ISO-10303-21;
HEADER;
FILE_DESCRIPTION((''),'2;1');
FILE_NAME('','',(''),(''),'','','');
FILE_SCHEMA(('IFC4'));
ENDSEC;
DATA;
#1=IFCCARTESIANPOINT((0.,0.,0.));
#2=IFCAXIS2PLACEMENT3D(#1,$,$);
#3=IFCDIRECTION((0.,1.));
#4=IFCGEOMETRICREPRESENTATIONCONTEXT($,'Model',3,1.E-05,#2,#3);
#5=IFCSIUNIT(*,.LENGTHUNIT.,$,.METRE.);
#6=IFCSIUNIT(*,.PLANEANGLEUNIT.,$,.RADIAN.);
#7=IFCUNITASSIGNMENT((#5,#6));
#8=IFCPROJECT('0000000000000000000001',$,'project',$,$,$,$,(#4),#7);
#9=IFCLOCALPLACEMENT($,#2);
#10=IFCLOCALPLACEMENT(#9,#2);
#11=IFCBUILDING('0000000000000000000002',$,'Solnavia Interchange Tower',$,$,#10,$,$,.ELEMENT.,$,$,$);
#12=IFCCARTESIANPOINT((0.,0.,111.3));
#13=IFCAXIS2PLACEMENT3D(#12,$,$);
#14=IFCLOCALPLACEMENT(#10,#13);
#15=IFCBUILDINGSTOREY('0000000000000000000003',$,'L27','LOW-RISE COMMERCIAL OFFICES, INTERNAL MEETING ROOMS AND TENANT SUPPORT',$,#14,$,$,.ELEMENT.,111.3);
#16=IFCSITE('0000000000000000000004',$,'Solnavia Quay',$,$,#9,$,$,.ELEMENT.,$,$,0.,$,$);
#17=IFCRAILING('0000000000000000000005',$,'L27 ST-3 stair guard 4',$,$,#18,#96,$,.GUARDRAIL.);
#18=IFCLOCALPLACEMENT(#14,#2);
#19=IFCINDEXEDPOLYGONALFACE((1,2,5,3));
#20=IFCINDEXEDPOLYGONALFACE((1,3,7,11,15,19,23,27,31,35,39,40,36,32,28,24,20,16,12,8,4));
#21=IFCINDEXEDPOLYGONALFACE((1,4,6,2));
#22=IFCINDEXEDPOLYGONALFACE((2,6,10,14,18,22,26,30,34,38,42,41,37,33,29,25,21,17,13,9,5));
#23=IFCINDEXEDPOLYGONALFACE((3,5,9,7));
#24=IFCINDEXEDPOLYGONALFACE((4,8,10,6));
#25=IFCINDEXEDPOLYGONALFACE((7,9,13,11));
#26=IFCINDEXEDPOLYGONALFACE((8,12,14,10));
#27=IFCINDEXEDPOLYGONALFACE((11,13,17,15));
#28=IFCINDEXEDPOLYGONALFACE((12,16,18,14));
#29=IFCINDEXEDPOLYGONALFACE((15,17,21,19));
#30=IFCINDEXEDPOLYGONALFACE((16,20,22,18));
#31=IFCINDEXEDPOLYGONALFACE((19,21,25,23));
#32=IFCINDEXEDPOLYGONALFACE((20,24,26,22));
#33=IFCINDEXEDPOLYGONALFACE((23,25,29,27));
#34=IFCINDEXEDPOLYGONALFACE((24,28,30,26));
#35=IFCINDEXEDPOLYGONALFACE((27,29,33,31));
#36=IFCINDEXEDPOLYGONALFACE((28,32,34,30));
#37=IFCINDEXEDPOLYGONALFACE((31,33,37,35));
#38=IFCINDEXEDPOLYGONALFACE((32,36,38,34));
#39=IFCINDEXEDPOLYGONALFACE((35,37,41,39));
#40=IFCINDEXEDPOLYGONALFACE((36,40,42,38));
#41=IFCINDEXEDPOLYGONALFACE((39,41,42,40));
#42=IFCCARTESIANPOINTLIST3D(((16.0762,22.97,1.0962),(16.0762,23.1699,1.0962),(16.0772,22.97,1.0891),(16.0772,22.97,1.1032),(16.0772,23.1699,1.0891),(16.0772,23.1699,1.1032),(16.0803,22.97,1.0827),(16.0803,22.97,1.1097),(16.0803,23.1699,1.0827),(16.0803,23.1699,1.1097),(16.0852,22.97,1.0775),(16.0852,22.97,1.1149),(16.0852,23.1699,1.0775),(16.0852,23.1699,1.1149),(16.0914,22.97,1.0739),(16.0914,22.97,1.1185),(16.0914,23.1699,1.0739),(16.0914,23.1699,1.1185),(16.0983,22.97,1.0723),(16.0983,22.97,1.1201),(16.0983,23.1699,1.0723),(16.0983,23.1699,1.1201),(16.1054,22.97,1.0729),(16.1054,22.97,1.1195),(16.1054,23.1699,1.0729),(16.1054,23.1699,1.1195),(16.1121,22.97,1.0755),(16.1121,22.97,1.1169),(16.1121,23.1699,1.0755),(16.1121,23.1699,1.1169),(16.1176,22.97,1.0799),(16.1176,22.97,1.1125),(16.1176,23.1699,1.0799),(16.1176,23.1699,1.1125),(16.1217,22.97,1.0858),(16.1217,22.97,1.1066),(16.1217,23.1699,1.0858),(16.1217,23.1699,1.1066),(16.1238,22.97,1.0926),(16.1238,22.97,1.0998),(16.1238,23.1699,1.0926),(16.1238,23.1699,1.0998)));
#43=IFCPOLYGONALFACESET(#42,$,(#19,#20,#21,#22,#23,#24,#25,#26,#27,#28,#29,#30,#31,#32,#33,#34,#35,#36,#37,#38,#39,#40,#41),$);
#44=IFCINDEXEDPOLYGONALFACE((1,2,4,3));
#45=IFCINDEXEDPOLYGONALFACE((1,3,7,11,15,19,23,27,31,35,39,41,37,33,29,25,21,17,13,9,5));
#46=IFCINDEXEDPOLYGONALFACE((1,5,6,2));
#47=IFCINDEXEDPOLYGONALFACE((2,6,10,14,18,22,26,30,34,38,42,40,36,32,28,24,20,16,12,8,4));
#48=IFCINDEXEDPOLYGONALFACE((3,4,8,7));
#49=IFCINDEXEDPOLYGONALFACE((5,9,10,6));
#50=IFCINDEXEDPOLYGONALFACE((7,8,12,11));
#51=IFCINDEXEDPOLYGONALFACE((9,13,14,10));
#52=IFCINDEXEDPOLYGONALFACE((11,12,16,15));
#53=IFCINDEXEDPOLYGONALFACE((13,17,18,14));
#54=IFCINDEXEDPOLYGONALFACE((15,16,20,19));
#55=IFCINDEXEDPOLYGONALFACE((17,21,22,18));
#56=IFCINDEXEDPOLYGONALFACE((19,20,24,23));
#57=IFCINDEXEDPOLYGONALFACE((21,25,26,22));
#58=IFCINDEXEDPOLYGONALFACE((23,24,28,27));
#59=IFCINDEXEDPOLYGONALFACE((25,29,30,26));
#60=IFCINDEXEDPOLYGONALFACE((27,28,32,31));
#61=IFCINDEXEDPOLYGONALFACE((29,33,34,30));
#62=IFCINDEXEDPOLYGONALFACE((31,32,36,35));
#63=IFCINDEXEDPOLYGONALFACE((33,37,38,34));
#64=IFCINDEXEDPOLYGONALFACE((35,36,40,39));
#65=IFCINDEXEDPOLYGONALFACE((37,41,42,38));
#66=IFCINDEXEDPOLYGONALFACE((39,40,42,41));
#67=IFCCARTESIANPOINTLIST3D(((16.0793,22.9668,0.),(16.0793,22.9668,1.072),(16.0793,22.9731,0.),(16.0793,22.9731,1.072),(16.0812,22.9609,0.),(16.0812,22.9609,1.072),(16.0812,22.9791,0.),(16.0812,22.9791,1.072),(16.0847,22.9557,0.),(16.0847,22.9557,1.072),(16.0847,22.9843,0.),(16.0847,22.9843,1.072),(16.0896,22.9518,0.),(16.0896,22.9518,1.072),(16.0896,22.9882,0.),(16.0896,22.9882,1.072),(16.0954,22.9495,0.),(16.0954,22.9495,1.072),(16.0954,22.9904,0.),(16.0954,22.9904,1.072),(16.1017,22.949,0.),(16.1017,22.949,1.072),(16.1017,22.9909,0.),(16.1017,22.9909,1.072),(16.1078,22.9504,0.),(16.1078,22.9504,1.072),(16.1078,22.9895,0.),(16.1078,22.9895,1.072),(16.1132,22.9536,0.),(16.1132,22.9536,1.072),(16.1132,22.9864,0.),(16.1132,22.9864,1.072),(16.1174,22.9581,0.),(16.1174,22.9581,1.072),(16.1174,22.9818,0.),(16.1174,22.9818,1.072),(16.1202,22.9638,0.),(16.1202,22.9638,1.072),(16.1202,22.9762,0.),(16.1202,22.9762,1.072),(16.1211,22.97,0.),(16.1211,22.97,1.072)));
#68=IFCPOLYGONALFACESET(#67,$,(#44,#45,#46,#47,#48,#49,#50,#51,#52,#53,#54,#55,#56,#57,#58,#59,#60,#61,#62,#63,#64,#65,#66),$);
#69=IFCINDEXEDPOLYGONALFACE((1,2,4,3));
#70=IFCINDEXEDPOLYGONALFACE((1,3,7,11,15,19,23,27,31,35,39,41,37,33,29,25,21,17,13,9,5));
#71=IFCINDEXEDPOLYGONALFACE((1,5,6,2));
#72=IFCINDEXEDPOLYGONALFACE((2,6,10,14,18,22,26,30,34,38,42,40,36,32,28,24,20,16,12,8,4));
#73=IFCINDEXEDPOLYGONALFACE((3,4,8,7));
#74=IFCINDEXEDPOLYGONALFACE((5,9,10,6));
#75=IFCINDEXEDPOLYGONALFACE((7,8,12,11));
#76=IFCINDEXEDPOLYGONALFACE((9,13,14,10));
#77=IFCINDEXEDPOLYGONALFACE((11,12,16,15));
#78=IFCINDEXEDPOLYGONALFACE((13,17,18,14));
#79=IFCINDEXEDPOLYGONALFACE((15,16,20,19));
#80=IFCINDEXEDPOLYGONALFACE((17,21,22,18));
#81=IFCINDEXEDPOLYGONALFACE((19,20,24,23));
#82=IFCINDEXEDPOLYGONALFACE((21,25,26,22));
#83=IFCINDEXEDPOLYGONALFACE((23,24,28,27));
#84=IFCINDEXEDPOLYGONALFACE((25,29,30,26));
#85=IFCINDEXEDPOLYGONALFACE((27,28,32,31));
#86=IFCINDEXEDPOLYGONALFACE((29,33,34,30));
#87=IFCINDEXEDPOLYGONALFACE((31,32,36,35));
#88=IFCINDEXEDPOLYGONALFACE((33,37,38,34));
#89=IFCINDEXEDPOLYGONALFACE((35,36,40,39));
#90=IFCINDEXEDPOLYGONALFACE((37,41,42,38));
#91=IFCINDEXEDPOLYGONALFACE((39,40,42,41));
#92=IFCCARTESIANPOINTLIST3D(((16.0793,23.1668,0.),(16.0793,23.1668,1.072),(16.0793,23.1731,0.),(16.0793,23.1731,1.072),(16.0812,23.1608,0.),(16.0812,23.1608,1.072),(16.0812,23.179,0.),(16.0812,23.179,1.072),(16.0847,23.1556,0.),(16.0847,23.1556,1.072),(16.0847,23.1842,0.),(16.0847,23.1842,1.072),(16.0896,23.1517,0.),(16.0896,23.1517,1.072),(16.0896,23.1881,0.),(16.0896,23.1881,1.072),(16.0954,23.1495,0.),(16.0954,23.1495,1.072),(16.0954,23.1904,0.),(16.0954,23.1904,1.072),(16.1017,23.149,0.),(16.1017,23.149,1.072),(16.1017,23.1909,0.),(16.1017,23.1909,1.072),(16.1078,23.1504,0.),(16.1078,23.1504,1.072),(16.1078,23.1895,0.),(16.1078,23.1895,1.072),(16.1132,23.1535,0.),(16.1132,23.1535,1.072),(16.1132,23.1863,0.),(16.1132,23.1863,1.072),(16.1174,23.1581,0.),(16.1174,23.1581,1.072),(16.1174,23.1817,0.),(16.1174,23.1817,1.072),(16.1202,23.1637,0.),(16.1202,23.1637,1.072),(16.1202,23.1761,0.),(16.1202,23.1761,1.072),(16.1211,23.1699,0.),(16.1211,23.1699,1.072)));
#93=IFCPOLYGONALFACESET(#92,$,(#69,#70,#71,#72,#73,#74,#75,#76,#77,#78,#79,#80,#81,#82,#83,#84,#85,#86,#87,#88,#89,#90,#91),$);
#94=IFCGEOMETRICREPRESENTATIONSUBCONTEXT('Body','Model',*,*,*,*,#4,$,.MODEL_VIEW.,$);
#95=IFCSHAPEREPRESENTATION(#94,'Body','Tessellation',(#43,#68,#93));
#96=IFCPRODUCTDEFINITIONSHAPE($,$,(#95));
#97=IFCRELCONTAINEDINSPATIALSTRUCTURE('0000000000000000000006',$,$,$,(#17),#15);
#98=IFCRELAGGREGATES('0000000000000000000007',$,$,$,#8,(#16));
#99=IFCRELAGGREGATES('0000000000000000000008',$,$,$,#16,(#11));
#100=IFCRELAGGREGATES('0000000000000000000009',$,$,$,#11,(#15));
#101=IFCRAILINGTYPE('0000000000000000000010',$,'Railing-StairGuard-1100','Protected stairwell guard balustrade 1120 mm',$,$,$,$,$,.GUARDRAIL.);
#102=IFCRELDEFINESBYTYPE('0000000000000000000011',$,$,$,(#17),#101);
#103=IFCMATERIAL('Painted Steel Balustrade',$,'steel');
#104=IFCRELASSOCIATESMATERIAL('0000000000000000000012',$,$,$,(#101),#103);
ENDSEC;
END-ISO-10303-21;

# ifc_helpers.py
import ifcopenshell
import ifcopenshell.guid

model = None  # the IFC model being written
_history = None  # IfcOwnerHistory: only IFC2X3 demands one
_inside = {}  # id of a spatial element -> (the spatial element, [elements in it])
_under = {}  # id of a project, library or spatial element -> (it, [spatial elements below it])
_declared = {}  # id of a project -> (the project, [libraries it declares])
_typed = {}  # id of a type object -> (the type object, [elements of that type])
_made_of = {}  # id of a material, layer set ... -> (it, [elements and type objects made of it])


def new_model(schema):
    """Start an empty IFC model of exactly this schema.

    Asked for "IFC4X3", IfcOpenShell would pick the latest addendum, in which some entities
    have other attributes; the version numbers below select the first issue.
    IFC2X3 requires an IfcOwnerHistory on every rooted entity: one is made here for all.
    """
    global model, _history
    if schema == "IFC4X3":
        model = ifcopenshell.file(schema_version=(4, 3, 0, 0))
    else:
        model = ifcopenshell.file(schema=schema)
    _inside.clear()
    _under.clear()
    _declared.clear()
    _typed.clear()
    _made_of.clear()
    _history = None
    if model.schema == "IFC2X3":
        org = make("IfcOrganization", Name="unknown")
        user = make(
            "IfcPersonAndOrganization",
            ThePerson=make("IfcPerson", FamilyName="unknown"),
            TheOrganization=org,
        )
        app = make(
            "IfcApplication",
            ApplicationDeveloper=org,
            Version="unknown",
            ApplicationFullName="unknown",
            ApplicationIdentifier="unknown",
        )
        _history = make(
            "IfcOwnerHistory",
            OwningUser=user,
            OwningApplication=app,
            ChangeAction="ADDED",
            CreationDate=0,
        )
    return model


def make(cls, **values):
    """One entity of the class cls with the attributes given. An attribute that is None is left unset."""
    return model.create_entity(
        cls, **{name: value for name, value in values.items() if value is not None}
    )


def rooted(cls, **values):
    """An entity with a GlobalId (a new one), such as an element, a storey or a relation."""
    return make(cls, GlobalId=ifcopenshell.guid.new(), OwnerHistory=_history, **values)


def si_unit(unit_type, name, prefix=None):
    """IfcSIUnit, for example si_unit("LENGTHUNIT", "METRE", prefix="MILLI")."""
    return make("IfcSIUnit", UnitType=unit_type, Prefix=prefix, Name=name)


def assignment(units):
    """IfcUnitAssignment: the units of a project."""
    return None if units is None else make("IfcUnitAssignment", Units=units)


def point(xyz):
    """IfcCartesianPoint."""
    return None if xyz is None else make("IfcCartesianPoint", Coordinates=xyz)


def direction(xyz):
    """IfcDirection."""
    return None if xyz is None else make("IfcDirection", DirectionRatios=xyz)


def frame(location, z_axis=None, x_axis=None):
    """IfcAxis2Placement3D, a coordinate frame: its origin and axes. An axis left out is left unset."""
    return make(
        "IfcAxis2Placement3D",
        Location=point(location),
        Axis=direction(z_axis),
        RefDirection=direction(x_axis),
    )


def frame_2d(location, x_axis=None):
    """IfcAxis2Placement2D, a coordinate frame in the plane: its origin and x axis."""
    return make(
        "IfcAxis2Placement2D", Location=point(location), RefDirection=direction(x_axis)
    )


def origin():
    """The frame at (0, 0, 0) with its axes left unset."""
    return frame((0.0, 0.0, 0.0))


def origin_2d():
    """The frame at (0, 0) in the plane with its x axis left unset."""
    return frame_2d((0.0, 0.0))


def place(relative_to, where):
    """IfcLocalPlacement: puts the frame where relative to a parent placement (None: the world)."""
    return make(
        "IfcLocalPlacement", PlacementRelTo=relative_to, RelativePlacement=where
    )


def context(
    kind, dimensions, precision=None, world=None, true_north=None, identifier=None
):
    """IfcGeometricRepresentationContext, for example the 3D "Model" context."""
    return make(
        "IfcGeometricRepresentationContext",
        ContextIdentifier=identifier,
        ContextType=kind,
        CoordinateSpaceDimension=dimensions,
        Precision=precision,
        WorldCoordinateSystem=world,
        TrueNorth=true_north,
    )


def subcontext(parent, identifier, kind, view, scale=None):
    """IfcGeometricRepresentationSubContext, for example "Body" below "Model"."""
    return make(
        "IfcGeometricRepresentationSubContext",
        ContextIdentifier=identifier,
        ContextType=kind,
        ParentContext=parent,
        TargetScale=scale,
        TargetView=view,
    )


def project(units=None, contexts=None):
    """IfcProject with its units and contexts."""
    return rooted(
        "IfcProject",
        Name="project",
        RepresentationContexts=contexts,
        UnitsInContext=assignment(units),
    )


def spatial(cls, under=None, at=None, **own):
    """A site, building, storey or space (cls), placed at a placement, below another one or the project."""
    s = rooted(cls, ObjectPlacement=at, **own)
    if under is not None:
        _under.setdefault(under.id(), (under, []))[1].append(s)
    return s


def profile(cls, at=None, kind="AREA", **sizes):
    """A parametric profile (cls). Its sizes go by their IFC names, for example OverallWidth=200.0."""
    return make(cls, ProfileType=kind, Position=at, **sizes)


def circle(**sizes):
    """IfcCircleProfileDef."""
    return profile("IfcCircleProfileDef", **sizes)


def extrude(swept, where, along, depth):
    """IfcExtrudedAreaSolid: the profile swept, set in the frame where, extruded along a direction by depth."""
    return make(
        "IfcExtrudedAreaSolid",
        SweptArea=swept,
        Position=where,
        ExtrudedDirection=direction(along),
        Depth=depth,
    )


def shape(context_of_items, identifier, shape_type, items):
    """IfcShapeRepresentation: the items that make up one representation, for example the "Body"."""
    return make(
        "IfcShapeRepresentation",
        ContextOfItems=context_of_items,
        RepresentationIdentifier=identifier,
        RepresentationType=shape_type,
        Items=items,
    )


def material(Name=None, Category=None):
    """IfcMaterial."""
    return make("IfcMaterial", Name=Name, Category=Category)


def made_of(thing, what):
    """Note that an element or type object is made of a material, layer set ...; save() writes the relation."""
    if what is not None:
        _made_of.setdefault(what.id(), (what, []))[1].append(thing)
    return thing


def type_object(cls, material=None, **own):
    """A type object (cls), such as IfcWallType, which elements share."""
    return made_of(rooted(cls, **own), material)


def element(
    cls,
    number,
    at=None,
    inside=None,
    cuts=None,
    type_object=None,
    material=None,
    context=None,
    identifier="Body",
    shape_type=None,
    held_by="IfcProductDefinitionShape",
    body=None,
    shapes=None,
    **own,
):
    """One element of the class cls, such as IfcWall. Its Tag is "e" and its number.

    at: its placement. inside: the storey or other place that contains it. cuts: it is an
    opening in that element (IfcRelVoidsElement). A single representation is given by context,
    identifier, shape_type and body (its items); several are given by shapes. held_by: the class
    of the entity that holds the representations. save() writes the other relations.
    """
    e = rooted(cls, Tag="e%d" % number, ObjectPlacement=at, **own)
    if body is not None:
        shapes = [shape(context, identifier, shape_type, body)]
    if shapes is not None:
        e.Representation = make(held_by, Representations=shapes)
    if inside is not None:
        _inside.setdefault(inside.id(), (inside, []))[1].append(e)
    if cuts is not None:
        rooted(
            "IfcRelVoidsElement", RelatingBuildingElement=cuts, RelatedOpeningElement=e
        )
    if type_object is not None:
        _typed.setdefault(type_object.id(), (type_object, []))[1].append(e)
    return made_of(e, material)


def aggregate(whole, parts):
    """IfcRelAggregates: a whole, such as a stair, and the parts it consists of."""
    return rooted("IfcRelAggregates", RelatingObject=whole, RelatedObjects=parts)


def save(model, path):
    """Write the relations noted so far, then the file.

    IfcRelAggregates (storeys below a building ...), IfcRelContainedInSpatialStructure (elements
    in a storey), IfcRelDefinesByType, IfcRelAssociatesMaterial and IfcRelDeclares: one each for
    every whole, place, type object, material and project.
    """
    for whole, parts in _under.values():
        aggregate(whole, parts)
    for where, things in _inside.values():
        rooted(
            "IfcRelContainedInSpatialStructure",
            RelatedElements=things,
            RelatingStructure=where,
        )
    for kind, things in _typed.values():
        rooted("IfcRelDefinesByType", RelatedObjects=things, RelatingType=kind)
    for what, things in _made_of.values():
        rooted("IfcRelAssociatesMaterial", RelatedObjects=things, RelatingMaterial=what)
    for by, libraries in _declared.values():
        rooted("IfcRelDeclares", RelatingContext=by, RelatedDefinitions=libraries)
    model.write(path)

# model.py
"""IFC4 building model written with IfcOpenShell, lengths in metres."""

from ifc_helpers import new_model, si_unit, direction, frame, origin, origin_2d, place, context, subcontext, project, spatial, circle, extrude, material, type_object, element, save


model = new_model("IFC4")

# Units and contexts
model_context = context("Model", 3, precision=1e-05, world=origin(), true_north=direction((0.0, 1.0)))
body_context = subcontext(model_context, "Body", "Model", "MODEL_VIEW")
ifc_project = project(units=[si_unit("LENGTHUNIT", "METRE"), si_unit("PLANEANGLEUNIT", "RADIAN")], contexts=[model_context])

# Site, building, storey
site_placement = place(None, origin())
site = spatial("IfcSite", under=ifc_project, at=site_placement, Name="Solnavia Quay", CompositionType="ELEMENT", RefElevation=0.0)
building_placement = place(site_placement, origin())
building = spatial("IfcBuilding", under=site, at=building_placement, Name="Solnavia Interchange Tower", CompositionType="ELEMENT")
storey_placement = place(building_placement, frame((0.0, 0.0, 111.3)))
storey = spatial("IfcBuildingStorey", under=building, at=storey_placement, Name="L27", Description="LOW-RISE COMMERCIAL OFFICES, INTERNAL MEETING ROOMS AND TENANT SUPPORT", CompositionType="ELEMENT", Elevation=111.3)

# Railing
ifc_material_1 = material(Name="Painted Steel Balustrade", Category="steel")
railing_type_1 = type_object("IfcRailingType", Name="Railing-StairGuard-1100", Description="Protected stairwell guard balustrade 1120 mm", PredefinedType="GUARDRAIL", material=ifc_material_1)
railing_1_placement = place(storey_placement, frame((16.1001, 22.97, 0.0)))
element("IfcRailing", 1, at=railing_1_placement, inside=storey, type_object=railing_type_1, Name="L27 ST-3 stair guard 4", PredefinedType="GUARDRAIL", context=body_context, shape_type="SweptSolid", body=[
    extrude(circle(Radius=0.0239, at=origin_2d()), frame((0.0, 0.0, 1.0962), z_axis=(0.0, 1.0, 0.0), x_axis=(-1.0, 0.0, 0.0)), (0.0, 0.0, 1.0), 0.2),
    extrude(circle(Radius=0.021, at=origin_2d()), origin(), (0.0, 0.0, 1.0), 1.072),
    extrude(circle(Radius=0.021, at=origin_2d()), frame((0.0, 0.2, 0.0)), (0.0, 0.0, 1.0), 1.072),
])

save(model, "model.ifc")
